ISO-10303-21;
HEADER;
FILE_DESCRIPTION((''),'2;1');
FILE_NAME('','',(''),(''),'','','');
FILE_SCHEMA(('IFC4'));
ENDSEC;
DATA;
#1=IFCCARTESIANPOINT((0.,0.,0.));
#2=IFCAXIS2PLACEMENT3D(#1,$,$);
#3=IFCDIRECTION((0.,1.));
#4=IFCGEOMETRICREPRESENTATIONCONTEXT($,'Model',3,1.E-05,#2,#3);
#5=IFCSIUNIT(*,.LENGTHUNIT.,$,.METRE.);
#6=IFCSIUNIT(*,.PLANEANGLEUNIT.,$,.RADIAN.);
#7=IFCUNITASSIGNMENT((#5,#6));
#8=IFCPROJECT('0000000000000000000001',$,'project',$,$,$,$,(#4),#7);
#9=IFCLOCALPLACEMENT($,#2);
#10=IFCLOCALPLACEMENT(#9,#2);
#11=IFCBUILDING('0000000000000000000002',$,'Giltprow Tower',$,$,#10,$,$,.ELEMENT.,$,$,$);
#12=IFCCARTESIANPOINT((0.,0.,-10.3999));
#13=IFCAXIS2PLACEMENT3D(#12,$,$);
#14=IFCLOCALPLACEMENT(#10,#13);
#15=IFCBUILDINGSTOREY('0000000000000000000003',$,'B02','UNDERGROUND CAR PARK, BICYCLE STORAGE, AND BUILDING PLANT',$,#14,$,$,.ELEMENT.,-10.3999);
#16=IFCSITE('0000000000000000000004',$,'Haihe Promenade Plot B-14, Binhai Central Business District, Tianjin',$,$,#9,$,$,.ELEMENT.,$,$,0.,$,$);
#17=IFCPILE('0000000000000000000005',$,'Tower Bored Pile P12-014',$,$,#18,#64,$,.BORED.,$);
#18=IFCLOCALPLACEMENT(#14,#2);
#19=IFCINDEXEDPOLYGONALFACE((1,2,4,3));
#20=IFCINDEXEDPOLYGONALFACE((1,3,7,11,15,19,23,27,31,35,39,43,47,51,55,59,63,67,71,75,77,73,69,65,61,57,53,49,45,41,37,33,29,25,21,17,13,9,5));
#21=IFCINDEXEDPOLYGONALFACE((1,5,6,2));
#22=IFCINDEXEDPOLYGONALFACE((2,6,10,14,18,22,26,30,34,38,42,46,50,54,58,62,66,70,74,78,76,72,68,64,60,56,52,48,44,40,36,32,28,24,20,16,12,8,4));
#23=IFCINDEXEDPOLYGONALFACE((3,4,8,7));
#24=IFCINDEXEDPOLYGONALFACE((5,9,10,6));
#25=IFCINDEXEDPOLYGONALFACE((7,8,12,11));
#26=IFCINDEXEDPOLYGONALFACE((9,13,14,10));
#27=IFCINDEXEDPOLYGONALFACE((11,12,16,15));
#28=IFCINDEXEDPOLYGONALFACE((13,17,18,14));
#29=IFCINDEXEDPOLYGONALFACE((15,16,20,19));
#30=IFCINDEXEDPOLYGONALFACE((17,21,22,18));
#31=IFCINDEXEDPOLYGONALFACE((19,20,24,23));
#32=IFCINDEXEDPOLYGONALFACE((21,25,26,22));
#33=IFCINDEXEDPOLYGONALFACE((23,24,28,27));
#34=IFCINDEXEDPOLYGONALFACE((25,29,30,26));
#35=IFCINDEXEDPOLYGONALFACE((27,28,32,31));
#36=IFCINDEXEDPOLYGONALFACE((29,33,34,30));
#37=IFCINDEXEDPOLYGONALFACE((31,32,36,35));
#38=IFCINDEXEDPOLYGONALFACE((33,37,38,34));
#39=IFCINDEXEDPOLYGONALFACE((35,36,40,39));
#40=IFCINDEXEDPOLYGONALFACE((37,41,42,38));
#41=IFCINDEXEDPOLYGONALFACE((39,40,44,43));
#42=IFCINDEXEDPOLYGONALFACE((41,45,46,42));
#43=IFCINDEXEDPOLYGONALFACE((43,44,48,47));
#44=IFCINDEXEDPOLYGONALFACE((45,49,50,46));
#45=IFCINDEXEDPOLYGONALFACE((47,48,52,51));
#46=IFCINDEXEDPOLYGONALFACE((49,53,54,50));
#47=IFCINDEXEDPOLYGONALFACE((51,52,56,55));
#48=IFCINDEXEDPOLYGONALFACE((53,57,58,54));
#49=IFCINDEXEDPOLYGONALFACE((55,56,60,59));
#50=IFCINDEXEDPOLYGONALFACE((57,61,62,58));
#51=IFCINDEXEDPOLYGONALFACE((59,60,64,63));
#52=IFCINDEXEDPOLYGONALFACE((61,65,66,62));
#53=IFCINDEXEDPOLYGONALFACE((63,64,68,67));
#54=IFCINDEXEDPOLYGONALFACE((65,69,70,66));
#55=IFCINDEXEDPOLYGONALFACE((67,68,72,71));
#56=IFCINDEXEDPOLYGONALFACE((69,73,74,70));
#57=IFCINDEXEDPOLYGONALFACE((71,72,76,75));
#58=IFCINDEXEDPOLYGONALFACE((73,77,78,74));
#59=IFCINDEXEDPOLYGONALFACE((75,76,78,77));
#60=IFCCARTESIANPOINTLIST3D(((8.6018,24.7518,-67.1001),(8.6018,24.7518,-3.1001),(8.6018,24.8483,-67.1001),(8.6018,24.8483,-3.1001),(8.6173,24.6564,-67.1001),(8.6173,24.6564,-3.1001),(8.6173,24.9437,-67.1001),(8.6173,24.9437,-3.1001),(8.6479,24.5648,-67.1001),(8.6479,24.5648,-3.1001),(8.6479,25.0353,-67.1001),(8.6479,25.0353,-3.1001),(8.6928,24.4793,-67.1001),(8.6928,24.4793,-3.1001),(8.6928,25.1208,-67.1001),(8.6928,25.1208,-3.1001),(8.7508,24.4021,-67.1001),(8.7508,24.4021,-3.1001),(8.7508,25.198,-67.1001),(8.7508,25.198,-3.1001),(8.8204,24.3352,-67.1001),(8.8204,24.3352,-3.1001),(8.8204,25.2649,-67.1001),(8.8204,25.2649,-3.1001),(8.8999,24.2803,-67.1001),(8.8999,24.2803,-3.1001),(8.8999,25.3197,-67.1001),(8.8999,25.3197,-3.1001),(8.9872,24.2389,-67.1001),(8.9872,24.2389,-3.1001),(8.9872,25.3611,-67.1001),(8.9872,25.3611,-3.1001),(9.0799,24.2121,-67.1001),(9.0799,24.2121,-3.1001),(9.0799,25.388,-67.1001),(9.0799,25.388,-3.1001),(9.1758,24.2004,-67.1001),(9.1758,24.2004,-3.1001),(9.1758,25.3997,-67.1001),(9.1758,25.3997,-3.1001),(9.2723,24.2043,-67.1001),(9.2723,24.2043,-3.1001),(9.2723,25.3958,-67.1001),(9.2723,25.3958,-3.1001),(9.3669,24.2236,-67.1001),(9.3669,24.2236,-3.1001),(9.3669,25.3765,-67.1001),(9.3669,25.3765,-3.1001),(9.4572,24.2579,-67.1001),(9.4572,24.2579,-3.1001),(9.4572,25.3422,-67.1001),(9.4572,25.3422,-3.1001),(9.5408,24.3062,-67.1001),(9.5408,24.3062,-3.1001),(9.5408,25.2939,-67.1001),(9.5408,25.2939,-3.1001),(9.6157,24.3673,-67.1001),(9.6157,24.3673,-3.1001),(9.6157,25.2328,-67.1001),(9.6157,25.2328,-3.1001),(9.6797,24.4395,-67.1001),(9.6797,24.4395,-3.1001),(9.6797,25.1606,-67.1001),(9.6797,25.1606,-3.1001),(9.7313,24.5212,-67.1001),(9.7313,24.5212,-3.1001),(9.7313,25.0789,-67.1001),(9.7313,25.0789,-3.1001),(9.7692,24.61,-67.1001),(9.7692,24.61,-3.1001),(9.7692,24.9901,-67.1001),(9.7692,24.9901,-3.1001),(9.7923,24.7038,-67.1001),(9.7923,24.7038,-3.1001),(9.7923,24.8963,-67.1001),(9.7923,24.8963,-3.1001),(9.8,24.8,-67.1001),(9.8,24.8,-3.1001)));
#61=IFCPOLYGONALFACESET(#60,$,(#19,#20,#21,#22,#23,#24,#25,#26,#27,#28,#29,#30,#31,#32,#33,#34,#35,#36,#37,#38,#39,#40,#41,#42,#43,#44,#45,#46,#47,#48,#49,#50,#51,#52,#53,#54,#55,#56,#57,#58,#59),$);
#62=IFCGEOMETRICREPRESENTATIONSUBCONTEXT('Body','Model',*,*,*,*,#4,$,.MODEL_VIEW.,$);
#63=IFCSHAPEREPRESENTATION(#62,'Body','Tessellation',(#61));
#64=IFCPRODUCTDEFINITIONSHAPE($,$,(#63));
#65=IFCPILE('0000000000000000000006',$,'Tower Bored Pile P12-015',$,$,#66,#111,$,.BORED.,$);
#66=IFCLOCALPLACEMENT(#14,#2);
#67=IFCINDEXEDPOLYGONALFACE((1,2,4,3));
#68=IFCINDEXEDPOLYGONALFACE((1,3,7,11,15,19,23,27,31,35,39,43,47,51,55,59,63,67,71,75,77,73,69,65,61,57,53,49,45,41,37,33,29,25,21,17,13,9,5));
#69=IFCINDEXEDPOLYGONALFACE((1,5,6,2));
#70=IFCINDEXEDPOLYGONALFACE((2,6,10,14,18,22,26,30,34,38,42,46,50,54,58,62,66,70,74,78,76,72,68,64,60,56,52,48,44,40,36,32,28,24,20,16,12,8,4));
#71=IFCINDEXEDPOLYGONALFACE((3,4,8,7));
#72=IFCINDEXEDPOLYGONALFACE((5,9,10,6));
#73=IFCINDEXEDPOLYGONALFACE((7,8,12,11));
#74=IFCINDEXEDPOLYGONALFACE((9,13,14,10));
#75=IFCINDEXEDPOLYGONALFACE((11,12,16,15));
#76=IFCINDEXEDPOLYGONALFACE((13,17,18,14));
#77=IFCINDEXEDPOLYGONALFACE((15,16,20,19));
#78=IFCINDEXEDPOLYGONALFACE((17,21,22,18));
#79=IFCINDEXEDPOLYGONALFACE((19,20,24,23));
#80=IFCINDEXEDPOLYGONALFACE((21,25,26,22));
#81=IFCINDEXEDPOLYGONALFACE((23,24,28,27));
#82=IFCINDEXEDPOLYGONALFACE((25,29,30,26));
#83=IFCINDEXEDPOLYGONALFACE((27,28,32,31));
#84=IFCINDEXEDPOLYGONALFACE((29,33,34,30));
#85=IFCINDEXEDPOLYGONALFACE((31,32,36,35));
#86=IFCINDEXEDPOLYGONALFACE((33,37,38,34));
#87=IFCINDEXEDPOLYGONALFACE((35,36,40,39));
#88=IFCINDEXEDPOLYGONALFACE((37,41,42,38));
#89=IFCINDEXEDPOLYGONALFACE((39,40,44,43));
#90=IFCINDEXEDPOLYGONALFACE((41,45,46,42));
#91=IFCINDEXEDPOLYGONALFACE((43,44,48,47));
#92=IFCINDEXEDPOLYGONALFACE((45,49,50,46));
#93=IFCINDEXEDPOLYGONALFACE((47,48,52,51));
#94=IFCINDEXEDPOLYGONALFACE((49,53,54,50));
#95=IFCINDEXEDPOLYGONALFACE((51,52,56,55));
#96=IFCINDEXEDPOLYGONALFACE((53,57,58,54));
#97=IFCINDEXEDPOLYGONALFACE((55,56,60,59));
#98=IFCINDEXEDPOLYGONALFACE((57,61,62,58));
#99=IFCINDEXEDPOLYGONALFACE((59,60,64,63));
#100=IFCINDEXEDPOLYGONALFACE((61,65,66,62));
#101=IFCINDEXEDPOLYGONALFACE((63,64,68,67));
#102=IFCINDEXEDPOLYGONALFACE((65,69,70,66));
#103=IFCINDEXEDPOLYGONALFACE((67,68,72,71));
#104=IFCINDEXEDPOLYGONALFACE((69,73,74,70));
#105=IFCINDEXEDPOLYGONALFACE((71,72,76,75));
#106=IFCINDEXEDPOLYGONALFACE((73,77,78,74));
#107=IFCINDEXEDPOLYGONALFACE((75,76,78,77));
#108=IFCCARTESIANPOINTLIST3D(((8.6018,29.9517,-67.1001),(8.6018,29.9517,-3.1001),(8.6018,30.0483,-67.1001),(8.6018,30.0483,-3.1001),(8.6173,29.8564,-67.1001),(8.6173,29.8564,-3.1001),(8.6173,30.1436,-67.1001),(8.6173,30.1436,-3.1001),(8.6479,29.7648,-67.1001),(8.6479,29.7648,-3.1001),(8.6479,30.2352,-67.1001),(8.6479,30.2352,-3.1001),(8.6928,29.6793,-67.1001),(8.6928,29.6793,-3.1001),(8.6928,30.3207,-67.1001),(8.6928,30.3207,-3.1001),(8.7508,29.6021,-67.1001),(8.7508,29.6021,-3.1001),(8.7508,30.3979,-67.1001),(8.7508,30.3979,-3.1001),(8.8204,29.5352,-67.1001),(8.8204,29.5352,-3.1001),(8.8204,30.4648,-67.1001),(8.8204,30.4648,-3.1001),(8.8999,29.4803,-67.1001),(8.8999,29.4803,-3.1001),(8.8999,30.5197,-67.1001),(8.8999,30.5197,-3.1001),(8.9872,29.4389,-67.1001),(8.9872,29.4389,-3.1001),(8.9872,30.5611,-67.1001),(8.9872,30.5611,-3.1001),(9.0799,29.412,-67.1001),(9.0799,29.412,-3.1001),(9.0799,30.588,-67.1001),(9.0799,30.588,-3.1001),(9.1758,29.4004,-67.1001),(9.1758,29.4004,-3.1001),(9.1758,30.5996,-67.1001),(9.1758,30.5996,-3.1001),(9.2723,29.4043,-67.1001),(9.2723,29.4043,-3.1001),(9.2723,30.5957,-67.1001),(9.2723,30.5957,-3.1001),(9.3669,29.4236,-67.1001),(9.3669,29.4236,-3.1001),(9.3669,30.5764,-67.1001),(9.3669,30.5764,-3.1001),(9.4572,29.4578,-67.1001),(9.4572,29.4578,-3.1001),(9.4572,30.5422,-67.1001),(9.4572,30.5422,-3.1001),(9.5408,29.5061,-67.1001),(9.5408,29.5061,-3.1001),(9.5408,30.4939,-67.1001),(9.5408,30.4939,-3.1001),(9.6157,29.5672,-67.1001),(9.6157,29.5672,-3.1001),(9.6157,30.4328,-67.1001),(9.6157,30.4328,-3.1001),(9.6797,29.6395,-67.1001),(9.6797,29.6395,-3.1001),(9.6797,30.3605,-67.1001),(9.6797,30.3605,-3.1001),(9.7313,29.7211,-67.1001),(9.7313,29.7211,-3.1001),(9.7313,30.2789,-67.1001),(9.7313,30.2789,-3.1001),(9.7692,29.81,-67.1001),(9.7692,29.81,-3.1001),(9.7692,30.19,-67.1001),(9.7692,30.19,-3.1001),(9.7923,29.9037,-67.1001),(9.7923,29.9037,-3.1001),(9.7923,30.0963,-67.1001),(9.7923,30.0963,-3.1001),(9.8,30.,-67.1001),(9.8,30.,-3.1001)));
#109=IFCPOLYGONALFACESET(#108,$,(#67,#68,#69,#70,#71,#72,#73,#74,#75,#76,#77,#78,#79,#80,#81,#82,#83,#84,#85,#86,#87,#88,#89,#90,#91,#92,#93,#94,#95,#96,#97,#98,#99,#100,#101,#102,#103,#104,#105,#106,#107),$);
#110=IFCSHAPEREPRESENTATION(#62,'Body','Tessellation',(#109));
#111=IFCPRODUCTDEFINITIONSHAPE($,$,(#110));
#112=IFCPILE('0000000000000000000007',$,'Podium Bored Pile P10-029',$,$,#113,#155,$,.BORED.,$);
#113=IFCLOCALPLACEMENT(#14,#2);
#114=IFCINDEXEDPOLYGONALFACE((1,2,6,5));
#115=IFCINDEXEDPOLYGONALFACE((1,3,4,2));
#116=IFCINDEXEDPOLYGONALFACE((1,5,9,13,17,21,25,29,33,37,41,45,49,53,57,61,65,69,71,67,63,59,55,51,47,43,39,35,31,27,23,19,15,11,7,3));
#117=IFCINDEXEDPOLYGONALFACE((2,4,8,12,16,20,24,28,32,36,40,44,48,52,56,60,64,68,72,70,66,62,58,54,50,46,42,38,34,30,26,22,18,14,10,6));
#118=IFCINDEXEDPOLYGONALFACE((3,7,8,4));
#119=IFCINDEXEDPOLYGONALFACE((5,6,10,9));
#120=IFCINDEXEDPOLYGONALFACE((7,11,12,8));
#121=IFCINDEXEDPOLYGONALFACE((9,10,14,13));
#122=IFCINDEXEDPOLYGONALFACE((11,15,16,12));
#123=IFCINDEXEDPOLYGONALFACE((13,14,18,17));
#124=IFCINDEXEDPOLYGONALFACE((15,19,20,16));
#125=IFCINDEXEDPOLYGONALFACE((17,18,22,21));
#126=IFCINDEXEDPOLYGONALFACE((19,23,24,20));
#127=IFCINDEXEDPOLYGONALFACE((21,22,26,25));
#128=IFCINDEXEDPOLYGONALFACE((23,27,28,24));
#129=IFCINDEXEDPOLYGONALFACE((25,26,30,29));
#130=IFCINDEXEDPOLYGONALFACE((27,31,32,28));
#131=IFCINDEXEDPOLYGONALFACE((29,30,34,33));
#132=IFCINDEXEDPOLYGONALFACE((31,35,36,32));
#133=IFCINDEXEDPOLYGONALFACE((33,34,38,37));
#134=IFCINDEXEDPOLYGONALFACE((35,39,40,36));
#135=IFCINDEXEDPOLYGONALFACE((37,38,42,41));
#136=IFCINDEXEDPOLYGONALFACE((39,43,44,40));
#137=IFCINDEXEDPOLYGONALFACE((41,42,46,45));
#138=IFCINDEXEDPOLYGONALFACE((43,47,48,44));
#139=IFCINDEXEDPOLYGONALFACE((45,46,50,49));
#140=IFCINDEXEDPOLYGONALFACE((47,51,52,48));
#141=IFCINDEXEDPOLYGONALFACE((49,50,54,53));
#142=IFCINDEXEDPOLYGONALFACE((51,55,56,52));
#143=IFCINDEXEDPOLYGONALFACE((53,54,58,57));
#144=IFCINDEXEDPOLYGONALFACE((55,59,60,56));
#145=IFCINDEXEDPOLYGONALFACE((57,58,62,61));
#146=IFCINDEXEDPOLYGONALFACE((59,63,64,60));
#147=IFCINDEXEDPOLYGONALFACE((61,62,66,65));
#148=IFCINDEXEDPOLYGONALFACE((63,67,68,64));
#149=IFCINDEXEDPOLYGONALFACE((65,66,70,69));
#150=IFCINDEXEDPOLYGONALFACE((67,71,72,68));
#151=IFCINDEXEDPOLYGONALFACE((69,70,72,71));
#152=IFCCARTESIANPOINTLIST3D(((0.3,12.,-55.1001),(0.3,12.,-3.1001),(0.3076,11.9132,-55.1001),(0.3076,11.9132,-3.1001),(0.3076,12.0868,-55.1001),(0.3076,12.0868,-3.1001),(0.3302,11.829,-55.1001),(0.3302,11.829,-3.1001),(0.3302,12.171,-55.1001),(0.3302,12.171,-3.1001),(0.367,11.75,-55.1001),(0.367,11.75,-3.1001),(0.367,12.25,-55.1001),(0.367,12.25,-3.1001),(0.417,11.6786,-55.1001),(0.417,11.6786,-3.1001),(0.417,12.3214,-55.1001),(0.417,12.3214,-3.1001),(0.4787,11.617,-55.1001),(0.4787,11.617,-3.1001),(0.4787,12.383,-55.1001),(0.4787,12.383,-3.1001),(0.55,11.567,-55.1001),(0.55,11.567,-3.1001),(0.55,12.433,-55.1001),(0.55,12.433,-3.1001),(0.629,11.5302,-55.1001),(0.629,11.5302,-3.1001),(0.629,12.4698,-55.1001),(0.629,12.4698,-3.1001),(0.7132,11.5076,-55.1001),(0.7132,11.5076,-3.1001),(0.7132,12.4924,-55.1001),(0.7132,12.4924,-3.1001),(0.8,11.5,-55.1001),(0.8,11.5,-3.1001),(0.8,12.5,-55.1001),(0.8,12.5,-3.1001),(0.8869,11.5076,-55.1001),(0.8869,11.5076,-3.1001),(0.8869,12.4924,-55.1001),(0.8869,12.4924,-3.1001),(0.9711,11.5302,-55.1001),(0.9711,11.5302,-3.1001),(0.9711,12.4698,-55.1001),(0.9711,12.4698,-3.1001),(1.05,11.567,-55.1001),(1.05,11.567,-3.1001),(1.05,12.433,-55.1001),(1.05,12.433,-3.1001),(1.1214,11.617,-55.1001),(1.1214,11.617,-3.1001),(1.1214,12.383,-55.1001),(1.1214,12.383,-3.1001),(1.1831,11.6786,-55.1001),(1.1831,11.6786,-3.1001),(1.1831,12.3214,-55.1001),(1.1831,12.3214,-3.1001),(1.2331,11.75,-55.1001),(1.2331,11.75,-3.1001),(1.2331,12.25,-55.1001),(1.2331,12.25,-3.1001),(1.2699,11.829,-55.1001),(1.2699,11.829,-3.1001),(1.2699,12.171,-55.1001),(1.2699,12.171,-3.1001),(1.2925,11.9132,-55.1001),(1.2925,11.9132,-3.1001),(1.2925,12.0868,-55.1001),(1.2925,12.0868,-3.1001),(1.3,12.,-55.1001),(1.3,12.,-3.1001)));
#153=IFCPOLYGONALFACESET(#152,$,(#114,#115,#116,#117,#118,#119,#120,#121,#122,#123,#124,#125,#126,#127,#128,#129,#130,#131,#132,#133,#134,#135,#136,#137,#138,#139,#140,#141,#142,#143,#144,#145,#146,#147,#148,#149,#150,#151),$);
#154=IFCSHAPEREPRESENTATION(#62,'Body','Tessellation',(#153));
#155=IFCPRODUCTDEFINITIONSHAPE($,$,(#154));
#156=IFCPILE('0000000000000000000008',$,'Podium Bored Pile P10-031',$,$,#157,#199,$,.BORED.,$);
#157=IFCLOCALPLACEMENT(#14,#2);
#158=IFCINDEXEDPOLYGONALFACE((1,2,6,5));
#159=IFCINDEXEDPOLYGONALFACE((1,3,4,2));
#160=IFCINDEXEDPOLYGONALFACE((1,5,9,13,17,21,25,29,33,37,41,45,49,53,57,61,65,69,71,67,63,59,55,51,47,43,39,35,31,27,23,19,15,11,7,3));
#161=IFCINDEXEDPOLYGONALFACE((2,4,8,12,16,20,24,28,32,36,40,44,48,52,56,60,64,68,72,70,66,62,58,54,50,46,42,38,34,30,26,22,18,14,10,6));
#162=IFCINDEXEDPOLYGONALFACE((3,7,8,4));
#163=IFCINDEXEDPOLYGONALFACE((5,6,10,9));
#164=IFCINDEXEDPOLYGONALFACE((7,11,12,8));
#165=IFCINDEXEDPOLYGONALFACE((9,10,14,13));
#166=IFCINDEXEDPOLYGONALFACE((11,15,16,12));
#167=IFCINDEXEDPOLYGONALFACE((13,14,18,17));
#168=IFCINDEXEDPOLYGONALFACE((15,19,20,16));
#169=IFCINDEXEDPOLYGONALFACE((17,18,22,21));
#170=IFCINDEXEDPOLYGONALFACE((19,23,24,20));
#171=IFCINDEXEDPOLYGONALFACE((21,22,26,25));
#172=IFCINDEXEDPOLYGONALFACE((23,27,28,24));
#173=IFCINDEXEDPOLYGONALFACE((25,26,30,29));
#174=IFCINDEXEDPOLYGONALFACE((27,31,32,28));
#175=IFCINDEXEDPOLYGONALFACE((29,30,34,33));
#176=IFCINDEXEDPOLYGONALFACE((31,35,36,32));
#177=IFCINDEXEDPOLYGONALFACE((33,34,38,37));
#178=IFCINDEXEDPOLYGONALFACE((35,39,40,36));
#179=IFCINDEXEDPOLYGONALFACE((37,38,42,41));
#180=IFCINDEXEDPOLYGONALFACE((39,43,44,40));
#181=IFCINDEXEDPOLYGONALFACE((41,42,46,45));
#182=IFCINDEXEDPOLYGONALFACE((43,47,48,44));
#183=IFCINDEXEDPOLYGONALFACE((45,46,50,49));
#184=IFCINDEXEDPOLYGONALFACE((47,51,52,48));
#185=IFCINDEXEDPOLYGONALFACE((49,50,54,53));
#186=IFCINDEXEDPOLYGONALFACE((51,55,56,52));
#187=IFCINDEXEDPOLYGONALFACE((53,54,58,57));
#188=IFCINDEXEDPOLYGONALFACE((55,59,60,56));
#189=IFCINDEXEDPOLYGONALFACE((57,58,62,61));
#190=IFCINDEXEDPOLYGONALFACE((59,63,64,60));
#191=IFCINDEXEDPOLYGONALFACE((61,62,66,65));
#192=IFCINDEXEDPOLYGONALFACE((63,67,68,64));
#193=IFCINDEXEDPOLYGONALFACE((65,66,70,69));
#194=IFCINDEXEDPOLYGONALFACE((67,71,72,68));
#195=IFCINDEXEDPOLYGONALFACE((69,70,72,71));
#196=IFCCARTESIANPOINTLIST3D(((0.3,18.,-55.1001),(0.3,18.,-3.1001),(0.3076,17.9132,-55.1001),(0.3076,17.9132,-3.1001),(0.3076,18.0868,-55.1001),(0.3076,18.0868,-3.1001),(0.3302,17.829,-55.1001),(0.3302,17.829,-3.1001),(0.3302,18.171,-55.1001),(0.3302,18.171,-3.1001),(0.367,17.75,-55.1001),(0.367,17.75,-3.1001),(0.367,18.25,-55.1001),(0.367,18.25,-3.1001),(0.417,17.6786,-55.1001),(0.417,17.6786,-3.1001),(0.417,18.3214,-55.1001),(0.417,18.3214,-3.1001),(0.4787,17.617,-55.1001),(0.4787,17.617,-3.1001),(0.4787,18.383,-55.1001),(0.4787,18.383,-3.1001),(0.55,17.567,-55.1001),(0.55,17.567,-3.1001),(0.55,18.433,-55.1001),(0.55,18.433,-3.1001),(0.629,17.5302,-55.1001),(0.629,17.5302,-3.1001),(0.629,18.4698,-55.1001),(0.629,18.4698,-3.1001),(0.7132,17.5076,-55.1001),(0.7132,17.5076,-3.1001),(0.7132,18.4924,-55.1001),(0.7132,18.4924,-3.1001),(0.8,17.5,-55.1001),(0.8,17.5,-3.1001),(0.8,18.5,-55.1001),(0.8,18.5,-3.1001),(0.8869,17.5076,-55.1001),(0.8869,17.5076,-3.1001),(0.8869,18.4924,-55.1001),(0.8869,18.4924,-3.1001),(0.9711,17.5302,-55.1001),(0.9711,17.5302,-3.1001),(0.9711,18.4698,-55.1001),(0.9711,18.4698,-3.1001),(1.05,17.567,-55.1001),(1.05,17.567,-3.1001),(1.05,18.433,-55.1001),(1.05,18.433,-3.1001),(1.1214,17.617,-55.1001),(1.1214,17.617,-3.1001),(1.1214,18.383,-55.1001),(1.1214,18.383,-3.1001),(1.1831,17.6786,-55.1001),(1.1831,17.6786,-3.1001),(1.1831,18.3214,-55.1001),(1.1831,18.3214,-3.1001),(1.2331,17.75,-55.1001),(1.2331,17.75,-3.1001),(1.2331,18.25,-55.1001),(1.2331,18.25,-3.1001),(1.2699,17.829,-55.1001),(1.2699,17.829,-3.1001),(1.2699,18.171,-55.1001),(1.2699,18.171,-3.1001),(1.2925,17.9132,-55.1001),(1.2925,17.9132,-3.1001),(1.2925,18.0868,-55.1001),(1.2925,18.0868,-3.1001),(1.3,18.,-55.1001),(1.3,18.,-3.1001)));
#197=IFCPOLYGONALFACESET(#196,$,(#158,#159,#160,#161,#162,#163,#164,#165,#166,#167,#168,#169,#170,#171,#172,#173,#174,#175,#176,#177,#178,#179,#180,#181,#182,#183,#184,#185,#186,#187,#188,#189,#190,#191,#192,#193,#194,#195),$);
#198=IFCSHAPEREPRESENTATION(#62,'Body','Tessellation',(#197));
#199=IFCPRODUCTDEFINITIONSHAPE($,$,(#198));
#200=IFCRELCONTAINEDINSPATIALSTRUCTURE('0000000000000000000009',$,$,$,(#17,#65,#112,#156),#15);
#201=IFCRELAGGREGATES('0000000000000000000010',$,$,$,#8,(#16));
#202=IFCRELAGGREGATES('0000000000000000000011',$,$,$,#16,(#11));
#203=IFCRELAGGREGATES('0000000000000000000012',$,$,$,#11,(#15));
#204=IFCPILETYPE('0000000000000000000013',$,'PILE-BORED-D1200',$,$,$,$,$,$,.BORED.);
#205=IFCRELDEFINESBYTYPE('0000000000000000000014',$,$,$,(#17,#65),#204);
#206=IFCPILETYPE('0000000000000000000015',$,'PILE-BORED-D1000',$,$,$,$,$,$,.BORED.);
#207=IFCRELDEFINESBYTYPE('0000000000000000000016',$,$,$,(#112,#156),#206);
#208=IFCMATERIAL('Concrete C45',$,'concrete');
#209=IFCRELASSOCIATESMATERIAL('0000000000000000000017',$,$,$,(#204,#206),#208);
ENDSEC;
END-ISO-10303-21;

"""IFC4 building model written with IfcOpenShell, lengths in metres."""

from ifc_helpers import new_model, si_unit, direction, frame, origin, origin_2d, place, context, subcontext, project, spatial, circle, extrude, source, transform, mapped, material, material_profile, profile_set, type_object, element, save


model = new_model("IFC4")

# Units and contexts
model_context = context("Model", 3, precision=1e-05, world=origin(), true_north=direction((0.0, 1.0)))
body_context = subcontext(model_context, "Body", "Model", "MODEL_VIEW")
ifc_project = project(units=[si_unit("LENGTHUNIT", "METRE"), si_unit("PLANEANGLEUNIT", "RADIAN")], contexts=[model_context])

# Site, building, storey
site_placement = place(None, origin())
site = spatial("IfcSite", under=ifc_project, at=site_placement, Name="Haihe Promenade Plot B-14, Binhai Central Business District, Tianjin", CompositionType="ELEMENT", RefElevation=0.0)
building_placement = place(site_placement, origin())
building = spatial("IfcBuilding", under=site, at=building_placement, Name="Giltprow Tower", CompositionType="ELEMENT")
storey_placement = place(building_placement, frame((0.0, 0.0, -10.3999)))
storey = spatial("IfcBuildingStorey", under=building, at=storey_placement, Name="B02", Description="UNDERGROUND CAR PARK, BICYCLE STORAGE, AND BUILDING PLANT", CompositionType="ELEMENT", Elevation=-10.3999)

# Piles
ifc_material_1 = material(Name="Concrete C45", Category="concrete")
ifc_material_profile_1 = material_profile(ifc_material_1, circle(Radius=0.6001, at=origin_2d()), Name="PILE D1200")
ifc_profile_set_1 = profile_set([ifc_material_profile_1], Name="Concrete C45")
pile_type_1 = type_object("IfcPileType", Name="PILE-BORED-D1200", PredefinedType="BORED", material=ifc_profile_set_1)
shared_shape_1 = source(origin(), body_context, "Body", "SweptSolid", [
    extrude(circle(Radius=0.6001, at=origin_2d()), origin(), (0.0, 0.0, 1.0), 64.0),
])
for number, where, z_axis, x_axis, name in (
    (1, (9.2, 24.8, -3.1001), (0.0, 0.0, -1.0), (1.0, 0.0, 0.0), "Tower Bored Pile P12-014"),
    (2, (9.2, 30.0, -3.1001), (0.0, 0.0, -1.0), (1.0, 0.0, 0.0), "Tower Bored Pile P12-015"),
):
    element("IfcPile", number, at=place(storey_placement, frame(where, z_axis=z_axis, x_axis=x_axis)), inside=storey, type_object=pile_type_1, Name=name, PredefinedType="BORED", context=body_context, shape_type="MappedRepresentation", body=[
        mapped(shared_shape_1, transform((0.0, 0.0, 0.0), x_axis=(1.0, 0.0, 0.0), y_axis=(0.0, 1.0, 0.0), z_axis=(0.0, 0.0, 1.0), scale=1.0)),
    ])
ifc_material_profile_2 = material_profile(ifc_material_1, circle(Radius=0.5, at=origin_2d()), Name="PILE D1000")
ifc_profile_set_2 = profile_set([ifc_material_profile_2], Name="Concrete C45")
pile_type_2 = type_object("IfcPileType", Name="PILE-BORED-D1000", PredefinedType="BORED", material=ifc_profile_set_2)
shared_shape_2 = source(origin(), body_context, "Body", "SweptSolid", [
    extrude(circle(Radius=0.5, at=origin_2d()), origin(), (0.0, 0.0, 1.0), 52.0),
])
for number, where, z_axis, x_axis, name in (
    (3, (0.8, 12.0, -3.1001), (0.0, 0.0, -1.0), (1.0, 0.0, 0.0), "Podium Bored Pile P10-029"),
    (4, (0.8, 18.0, -3.1001), (0.0, 0.0, -1.0), (1.0, 0.0, 0.0), "Podium Bored Pile P10-031"),
):
    element("IfcPile", number, at=place(storey_placement, frame(where, z_axis=z_axis, x_axis=x_axis)), inside=storey, type_object=pile_type_2, Name=name, PredefinedType="BORED", context=body_context, shape_type="MappedRepresentation", body=[
        mapped(shared_shape_2, transform((0.0, 0.0, 0.0), x_axis=(1.0, 0.0, 0.0), y_axis=(0.0, 1.0, 0.0), z_axis=(0.0, 0.0, 1.0), scale=1.0)),
    ])

save(model, "model.ifc")
